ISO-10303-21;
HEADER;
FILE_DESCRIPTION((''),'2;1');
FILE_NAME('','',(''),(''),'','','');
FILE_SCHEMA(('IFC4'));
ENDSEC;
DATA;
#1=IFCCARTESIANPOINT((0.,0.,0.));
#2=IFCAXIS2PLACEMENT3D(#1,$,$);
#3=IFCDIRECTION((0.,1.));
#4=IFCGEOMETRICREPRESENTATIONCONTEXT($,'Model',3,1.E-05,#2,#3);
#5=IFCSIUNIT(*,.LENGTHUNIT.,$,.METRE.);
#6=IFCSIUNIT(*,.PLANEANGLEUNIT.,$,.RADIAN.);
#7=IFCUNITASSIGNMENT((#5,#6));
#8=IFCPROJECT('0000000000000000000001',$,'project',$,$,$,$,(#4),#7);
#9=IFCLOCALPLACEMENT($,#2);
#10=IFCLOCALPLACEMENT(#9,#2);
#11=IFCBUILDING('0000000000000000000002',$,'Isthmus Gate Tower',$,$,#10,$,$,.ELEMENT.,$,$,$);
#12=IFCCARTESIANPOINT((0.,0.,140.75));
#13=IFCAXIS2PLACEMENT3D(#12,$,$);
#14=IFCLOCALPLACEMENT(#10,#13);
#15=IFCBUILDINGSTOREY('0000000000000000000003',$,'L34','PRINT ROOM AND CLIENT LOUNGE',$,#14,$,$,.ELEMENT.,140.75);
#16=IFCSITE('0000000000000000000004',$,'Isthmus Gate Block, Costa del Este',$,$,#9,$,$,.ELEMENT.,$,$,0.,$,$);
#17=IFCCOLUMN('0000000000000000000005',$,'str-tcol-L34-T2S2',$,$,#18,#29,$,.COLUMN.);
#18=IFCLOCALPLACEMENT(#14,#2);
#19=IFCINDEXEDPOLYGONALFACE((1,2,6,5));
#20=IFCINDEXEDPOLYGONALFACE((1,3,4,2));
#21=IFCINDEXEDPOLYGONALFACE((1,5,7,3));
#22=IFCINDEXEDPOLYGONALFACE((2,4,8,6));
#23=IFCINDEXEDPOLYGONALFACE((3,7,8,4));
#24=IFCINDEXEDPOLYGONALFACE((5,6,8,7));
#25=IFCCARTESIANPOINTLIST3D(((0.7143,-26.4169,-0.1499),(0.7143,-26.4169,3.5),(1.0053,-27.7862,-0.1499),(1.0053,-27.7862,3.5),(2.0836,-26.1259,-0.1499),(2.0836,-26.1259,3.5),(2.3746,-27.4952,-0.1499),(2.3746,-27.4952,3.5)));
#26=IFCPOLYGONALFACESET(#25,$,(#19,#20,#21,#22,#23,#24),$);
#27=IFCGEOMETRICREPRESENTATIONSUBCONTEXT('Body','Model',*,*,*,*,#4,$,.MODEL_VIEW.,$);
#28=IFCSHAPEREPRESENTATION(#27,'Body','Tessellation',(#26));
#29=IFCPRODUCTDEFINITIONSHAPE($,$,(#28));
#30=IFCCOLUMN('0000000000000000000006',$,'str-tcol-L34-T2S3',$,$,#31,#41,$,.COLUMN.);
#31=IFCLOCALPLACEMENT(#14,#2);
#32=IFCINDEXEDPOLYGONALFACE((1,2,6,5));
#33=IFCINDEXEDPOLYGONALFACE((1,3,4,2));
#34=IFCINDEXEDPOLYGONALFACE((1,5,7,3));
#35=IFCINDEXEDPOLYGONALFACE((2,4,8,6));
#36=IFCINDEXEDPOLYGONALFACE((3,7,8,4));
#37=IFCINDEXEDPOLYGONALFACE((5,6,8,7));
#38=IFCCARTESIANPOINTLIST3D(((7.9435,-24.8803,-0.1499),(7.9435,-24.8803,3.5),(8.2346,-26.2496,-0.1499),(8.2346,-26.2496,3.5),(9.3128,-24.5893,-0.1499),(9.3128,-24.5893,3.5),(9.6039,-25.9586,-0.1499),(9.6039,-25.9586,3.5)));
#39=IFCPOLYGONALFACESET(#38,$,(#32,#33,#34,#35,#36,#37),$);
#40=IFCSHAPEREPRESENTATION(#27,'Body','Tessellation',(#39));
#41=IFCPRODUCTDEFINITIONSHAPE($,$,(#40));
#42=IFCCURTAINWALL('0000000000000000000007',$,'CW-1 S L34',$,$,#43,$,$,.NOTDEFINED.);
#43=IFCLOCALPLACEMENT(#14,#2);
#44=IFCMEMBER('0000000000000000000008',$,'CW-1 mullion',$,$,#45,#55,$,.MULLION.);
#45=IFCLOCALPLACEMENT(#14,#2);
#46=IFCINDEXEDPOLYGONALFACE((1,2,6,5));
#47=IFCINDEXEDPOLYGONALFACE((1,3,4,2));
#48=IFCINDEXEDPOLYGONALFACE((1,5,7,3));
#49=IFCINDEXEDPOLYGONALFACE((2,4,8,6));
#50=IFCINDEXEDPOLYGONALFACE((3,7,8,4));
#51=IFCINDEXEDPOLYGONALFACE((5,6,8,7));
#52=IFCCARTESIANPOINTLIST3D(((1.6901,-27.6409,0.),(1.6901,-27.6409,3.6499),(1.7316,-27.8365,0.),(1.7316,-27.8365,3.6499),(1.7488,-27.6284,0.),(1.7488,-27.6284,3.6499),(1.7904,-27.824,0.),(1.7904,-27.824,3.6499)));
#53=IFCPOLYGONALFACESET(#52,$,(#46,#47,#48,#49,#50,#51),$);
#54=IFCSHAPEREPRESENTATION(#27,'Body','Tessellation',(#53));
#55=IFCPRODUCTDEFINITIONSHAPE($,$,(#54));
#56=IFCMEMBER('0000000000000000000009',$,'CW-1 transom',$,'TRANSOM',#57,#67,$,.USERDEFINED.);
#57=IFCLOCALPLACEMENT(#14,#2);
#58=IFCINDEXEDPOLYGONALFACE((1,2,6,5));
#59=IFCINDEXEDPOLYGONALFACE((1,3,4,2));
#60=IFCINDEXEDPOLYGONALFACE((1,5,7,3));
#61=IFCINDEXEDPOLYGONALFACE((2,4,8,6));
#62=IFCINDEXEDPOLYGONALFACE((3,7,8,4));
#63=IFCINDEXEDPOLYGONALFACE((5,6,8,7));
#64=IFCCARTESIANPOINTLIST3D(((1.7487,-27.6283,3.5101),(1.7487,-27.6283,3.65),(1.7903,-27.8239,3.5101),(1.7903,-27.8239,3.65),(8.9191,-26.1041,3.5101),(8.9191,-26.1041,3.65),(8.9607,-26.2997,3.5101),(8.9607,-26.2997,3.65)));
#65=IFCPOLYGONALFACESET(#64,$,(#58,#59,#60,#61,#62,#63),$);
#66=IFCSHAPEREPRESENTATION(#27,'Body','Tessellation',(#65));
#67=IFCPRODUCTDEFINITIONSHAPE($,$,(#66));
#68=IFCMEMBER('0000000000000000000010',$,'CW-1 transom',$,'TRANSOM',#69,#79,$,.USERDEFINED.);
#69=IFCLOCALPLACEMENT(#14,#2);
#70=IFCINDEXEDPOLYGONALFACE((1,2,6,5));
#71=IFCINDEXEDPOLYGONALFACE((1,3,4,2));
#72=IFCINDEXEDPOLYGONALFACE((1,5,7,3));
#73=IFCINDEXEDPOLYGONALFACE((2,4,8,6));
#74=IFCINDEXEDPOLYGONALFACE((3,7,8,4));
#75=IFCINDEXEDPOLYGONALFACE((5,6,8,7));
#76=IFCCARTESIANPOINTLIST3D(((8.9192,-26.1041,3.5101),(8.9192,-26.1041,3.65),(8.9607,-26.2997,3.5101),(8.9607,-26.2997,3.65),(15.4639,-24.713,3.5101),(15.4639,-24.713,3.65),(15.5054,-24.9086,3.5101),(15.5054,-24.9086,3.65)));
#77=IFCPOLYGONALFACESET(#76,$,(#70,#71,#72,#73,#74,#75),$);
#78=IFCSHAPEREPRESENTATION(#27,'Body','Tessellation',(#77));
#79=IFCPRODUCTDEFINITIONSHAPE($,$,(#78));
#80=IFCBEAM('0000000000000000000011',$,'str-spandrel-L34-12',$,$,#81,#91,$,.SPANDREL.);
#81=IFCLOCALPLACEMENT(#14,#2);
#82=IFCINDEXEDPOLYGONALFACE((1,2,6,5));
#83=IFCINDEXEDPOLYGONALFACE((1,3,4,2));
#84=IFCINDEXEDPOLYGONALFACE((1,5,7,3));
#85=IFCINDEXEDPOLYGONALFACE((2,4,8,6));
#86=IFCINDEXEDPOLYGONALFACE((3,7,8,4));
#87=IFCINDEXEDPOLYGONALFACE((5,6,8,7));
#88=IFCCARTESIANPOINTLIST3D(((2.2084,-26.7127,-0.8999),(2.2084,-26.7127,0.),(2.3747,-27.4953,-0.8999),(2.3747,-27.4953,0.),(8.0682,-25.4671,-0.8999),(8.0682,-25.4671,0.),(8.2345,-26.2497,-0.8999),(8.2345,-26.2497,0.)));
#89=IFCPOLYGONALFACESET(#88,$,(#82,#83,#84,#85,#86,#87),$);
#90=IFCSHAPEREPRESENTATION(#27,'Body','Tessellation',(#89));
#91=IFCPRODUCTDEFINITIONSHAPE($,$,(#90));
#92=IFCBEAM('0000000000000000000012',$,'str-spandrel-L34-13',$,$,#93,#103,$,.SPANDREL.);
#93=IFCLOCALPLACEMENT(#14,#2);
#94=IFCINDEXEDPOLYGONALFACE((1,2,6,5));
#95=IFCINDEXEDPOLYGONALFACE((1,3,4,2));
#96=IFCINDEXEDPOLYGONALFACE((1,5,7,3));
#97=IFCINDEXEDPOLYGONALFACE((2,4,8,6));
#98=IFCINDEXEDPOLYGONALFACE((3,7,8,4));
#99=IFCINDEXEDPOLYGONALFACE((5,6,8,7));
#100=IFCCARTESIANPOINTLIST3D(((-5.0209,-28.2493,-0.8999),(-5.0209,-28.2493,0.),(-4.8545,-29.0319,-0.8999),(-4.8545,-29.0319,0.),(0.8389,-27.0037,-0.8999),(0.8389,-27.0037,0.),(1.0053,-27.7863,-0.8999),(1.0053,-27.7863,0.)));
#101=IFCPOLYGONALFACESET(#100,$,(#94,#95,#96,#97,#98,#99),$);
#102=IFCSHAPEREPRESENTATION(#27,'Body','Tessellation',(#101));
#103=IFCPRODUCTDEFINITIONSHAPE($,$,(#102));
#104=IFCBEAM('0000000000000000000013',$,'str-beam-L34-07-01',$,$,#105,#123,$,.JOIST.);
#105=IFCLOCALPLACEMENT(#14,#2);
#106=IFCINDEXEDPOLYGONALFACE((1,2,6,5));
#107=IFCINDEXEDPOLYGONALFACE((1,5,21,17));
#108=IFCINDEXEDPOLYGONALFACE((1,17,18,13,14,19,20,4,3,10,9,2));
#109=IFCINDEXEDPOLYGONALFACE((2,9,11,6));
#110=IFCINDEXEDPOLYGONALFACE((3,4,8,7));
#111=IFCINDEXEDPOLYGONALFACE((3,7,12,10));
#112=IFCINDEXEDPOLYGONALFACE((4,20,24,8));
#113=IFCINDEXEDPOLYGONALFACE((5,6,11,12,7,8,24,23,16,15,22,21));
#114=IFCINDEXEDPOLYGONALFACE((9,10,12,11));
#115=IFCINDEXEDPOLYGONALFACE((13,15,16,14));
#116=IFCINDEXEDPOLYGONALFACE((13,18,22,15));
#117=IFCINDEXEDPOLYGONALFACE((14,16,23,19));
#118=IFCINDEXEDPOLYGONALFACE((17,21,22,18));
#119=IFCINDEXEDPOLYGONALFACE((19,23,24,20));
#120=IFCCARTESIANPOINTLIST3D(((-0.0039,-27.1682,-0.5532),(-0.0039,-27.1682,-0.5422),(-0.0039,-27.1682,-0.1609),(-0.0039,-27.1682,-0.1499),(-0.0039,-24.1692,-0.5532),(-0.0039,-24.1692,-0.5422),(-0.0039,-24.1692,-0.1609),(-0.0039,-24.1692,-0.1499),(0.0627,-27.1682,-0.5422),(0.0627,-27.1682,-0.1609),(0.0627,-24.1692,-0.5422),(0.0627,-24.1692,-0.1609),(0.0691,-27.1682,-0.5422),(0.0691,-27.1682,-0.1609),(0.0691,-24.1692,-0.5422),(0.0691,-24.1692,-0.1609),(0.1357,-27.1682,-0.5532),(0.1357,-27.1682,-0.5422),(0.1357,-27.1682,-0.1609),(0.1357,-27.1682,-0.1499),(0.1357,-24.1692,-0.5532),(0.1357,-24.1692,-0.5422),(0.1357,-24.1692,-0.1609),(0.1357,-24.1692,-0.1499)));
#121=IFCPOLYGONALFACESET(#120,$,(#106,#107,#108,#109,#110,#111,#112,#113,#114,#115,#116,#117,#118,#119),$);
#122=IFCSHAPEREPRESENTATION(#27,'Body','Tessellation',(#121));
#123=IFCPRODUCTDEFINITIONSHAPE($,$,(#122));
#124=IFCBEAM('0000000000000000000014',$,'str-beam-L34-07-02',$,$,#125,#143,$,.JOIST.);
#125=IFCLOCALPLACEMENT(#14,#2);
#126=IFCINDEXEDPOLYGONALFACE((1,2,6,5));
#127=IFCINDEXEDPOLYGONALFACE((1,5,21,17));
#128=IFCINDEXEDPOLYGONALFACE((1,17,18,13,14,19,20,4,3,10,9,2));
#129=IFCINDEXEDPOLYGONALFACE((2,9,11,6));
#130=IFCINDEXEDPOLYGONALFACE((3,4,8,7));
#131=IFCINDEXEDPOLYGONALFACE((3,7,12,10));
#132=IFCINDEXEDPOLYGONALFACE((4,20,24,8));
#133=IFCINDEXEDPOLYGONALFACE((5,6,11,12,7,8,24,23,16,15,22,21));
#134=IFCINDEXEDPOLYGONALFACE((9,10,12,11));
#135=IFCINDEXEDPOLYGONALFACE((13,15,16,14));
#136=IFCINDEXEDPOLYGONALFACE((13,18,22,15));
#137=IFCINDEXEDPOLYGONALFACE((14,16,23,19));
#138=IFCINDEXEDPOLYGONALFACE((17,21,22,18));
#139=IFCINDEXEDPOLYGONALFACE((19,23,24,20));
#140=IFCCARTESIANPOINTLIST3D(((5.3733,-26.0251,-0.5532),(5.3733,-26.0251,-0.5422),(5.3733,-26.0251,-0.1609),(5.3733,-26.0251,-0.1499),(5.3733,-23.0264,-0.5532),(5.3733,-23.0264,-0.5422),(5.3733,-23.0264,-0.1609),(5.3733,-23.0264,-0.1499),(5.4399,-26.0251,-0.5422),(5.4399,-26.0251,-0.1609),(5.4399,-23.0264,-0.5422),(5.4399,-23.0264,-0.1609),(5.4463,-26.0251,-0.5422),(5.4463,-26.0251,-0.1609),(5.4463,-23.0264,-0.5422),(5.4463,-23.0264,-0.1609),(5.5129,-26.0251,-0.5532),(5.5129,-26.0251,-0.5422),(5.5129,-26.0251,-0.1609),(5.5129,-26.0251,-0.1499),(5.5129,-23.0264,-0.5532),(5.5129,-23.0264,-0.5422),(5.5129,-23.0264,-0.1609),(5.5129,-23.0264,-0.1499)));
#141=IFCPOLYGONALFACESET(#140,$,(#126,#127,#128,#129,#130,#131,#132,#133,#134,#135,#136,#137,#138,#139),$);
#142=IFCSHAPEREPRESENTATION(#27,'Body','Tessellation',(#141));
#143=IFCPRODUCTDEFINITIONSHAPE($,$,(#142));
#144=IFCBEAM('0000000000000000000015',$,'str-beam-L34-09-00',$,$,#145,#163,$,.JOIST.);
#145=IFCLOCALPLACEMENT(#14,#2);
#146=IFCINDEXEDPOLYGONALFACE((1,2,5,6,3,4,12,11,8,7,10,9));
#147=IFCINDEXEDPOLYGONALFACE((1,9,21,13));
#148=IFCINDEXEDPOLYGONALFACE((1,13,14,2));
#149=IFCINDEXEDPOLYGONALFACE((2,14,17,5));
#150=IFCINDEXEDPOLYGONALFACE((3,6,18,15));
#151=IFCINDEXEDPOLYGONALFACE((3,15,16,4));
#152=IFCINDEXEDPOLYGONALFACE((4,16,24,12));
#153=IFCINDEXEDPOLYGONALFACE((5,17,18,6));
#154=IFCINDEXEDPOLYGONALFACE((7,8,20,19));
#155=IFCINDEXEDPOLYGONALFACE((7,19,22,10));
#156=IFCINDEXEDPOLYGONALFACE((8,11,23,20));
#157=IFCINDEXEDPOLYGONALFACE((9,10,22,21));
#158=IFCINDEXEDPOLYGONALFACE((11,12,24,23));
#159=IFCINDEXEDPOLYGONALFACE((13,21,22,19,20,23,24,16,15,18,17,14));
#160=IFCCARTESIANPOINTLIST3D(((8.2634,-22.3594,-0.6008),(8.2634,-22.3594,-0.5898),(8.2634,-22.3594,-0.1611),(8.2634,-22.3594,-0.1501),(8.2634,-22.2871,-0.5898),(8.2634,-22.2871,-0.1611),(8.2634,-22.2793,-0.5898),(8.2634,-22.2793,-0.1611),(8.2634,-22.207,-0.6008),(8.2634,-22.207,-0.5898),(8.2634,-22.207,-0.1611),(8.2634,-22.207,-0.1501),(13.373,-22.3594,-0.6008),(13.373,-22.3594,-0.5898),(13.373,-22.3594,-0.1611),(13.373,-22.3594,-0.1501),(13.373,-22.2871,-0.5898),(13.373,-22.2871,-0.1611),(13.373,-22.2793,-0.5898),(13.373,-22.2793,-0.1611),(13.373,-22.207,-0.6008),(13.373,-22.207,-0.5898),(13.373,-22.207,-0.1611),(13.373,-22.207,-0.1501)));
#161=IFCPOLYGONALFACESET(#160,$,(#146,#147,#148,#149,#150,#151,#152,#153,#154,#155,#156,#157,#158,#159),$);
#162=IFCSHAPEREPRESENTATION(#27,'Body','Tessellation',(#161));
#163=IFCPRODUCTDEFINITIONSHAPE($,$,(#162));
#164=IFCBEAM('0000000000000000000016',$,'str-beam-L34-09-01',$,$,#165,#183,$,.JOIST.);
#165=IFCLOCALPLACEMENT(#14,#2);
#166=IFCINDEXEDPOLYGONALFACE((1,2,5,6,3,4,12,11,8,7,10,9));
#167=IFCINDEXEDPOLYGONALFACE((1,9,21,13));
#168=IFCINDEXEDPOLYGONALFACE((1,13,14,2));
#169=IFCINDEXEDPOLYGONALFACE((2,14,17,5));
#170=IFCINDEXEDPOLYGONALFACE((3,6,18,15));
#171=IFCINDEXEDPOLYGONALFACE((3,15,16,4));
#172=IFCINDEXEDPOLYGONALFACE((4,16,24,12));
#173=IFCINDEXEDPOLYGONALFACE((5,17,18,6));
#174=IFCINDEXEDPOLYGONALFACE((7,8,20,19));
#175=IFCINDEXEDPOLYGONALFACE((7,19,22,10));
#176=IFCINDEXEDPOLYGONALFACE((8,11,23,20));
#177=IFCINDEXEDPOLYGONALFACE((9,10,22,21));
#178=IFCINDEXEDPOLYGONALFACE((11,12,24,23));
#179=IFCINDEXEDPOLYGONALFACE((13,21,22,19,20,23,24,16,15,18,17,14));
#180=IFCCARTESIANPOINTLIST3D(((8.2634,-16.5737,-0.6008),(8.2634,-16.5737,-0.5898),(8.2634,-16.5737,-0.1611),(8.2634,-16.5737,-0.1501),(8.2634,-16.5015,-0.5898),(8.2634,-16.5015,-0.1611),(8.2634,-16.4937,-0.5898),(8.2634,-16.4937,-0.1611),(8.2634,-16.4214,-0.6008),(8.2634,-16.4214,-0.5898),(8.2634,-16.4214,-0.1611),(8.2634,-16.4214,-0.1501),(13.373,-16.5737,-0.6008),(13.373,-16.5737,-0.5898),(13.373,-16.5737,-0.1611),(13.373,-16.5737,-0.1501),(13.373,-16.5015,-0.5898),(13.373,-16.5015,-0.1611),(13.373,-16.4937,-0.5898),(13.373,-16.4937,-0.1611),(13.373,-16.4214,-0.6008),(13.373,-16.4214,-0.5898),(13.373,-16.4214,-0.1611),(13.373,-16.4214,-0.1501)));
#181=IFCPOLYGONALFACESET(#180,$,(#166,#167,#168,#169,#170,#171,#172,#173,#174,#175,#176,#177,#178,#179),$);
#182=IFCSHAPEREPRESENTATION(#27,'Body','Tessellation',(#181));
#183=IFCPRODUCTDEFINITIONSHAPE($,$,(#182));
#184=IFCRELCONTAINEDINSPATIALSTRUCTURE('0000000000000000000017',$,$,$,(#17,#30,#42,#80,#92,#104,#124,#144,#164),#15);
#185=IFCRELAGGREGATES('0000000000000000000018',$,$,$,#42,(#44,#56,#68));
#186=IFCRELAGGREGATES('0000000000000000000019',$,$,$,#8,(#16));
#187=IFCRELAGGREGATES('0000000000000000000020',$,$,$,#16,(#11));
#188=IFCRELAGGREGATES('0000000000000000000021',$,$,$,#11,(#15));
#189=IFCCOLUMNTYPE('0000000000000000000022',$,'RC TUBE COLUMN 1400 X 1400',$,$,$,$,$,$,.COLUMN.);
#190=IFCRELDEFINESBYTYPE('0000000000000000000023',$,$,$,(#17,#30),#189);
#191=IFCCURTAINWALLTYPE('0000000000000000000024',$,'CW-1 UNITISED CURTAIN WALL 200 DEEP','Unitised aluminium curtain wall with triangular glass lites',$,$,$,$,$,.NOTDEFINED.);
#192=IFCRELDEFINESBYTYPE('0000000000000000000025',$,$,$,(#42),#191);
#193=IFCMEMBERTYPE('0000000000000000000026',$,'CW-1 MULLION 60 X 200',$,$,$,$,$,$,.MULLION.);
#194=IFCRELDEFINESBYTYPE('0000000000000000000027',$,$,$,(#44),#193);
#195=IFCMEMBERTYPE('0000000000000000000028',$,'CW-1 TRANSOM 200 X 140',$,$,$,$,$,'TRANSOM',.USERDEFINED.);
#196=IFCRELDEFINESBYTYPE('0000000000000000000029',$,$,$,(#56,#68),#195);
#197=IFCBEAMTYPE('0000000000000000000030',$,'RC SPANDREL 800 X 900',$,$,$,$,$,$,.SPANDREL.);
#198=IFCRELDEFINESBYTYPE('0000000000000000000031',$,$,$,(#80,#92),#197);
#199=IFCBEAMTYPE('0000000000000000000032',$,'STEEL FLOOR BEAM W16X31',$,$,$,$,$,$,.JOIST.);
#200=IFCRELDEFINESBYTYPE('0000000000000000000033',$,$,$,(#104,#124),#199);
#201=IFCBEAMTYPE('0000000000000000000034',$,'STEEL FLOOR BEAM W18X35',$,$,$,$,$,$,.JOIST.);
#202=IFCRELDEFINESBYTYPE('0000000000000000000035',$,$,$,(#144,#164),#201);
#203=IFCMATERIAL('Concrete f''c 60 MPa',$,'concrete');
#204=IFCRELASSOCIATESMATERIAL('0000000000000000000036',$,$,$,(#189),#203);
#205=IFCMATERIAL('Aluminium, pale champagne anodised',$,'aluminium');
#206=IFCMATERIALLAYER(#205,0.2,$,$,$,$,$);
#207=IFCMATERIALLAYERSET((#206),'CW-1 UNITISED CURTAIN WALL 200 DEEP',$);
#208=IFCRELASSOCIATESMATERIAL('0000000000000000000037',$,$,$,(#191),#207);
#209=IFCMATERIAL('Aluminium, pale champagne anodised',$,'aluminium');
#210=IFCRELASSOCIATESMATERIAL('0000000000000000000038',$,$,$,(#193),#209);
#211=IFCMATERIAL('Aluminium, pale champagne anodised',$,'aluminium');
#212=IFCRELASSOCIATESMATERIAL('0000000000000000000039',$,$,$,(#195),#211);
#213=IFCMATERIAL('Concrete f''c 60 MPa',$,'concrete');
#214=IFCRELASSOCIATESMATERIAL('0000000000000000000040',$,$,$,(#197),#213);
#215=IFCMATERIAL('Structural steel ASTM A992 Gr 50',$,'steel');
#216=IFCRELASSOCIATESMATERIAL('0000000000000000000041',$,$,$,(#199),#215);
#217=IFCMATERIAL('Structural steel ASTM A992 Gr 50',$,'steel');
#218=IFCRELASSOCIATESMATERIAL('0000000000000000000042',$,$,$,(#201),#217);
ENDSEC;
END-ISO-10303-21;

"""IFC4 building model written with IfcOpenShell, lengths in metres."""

from ifc_helpers import new_model, si_unit, direction, frame, origin, origin_2d, place, context, subcontext, project, spatial, rectangle, i_section, extrude, material, layer, layer_set, material_profile, profile_set, type_object, element, aggregate, save


model = new_model("IFC4")

# Units and contexts
model_context = context("Model", 3, precision=1e-05, world=origin(), true_north=direction((0.0, 1.0)))
body_context = subcontext(model_context, "Body", "Model", "MODEL_VIEW")
ifc_project = project(units=[si_unit("LENGTHUNIT", "METRE"), si_unit("PLANEANGLEUNIT", "RADIAN")], contexts=[model_context])

# Site, building, storey
site_placement = place(None, origin())
site = spatial("IfcSite", under=ifc_project, at=site_placement, Name="Isthmus Gate Block, Costa del Este", CompositionType="ELEMENT", RefElevation=0.0)
building_placement = place(site_placement, origin())
building = spatial("IfcBuilding", under=site, at=building_placement, Name="Isthmus Gate Tower", CompositionType="ELEMENT")
storey_placement = place(building_placement, frame((0.0, 0.0, 140.75)))
storey = spatial("IfcBuildingStorey", under=building, at=storey_placement, Name="L34", Description="PRINT ROOM AND CLIENT LOUNGE", CompositionType="ELEMENT", Elevation=140.75)

# Columns
ifc_material_1 = material(Name="Concrete f'c 60 MPa", Category="concrete")
ifc_material_profile_1 = material_profile(ifc_material_1, rectangle(XDim=1.3999, YDim=1.3999, at=origin_2d()), Name="RC 1400X1400")
ifc_profile_set_1 = profile_set([ifc_material_profile_1], Name="Concrete f'c 60 MPa")
column_type = type_object("IfcColumnType", Name="RC TUBE COLUMN 1400 X 1400", PredefinedType="COLUMN", material=ifc_profile_set_1)
for number, where, z_axis, x_axis, name in (
    (1, (1.5444, -26.9561, -0.1499), (0.0, 0.0, 1.0), (0.978148, 0.207912, 0.0), "str-tcol-L34-T2S2"),
    (2, (8.7737, -25.4194, -0.1499), (0.0, 0.0, 1.0), (0.978148, 0.207912, 0.0), "str-tcol-L34-T2S3"),
):
    element("IfcColumn", number, at=place(storey_placement, frame(where, z_axis=z_axis, x_axis=x_axis)), inside=storey, type_object=column_type, Name=name, PredefinedType="COLUMN", context=body_context, shape_type="SweptSolid", body=[
        extrude(rectangle(XDim=1.3999, YDim=1.3999, at=origin_2d()), origin(), (0.0, 0.0, 1.0), 3.6499),
    ])

# Curtain wall, members
ifc_material_2 = material(Name="Aluminium, pale champagne anodised", Category="aluminium")
ifc_layer_1 = layer(ifc_material_2, 0.2)
ifc_layer_set_1 = layer_set([ifc_layer_1], Name="CW-1 UNITISED CURTAIN WALL 200 DEEP")
curtain_wall_type = type_object("IfcCurtainWallType", Name="CW-1 UNITISED CURTAIN WALL 200 DEEP", Description="Unitised aluminium curtain wall with triangular glass lites", PredefinedType="NOTDEFINED", material=ifc_layer_set_1)
curtain_wall_placement = place(storey_placement, origin())
curtain_wall = element("IfcCurtainWall", 3, at=curtain_wall_placement, inside=storey, type_object=curtain_wall_type, Name="CW-1 S L34", PredefinedType="NOTDEFINED")
ifc_material_3 = material(Name="Aluminium, pale champagne anodised", Category="aluminium")
ifc_material_profile_2 = material_profile(ifc_material_3, rectangle(XDim=0.0601, YDim=0.2, at=origin_2d()), Name="60x200")
ifc_profile_set_2 = profile_set([ifc_material_profile_2], Name="Aluminium, pale champagne anodised")
member_type_1 = type_object("IfcMemberType", Name="CW-1 MULLION 60 X 200", PredefinedType="MULLION", material=ifc_profile_set_2)
member_1_placement = place(storey_placement, frame((1.7402, -27.7324, 0.0), z_axis=(0.0, 0.0, 1.0), x_axis=(0.978148, 0.207912, 0.0)))
member_1 = element("IfcMember", 4, at=member_1_placement, type_object=member_type_1, Name="CW-1 mullion", PredefinedType="MULLION", context=body_context, shape_type="SweptSolid", body=[
    extrude(rectangle(XDim=0.0601, YDim=0.2, at=origin_2d()), origin(), (0.0, 0.0, 1.0), 3.6499),
])
ifc_material_4 = material(Name="Aluminium, pale champagne anodised", Category="aluminium")
ifc_material_profile_3 = material_profile(ifc_material_4, rectangle(XDim=0.2, YDim=0.1399, at=origin_2d()), Name="200x140")
ifc_profile_set_3 = profile_set([ifc_material_profile_3], Name="Aluminium, pale champagne anodised")
member_type_2 = type_object("IfcMemberType", Name="CW-1 TRANSOM 200 X 140", ElementType="TRANSOM", PredefinedType="USERDEFINED", material=ifc_profile_set_3)
member_2_placement = place(storey_placement, frame((1.7695, -27.7261, 3.5801), z_axis=(0.978146, 0.207919, 0.0), x_axis=(-0.207919, 0.978146, 0.0)))
member_2 = element("IfcMember", 5, at=member_2_placement, type_object=member_type_2, Name="CW-1 transom", ObjectType="TRANSOM", PredefinedType="USERDEFINED", context=body_context, shape_type="SweptSolid", body=[
    extrude(rectangle(XDim=0.2, YDim=0.1399, at=origin_2d()), origin(), (0.0, 0.0, 1.0), 7.3306),
])
member_3_placement = place(storey_placement, frame((8.9399, -26.2019, 3.5801), z_axis=(0.978148, 0.207912, 0.0), x_axis=(-0.207912, 0.978148, 0.0)))
member_3 = element("IfcMember", 6, at=member_3_placement, type_object=member_type_2, Name="CW-1 transom", ObjectType="TRANSOM", PredefinedType="USERDEFINED", context=body_context, shape_type="SweptSolid", body=[
    extrude(rectangle(XDim=0.2, YDim=0.1399, at=origin_2d()), origin(), (0.0, 0.0, 1.0), 6.6909),
])

# Beams
ifc_material_5 = material(Name="Concrete f'c 60 MPa", Category="concrete")
ifc_material_profile_4 = material_profile(ifc_material_5, rectangle(XDim=0.8, YDim=0.8999, at=origin_2d()), Name="RC 800X900")
ifc_profile_set_4 = profile_set([ifc_material_profile_4], Name="Concrete f'c 60 MPa")
beam_type_1 = type_object("IfcBeamType", Name="RC SPANDREL 800 X 900", PredefinedType="SPANDREL", material=ifc_profile_set_4)
for number, where, z_axis, x_axis, name in (
    (7, (8.1514, -25.8584, -0.45), (-0.978146, -0.20792, 0.0), (0.20792, -0.978146, 0.0), "str-spandrel-L34-12"),
    (8, (0.9221, -27.395, -0.45), (-0.978146, -0.20792, 0.0), (0.20792, -0.978146, 0.0), "str-spandrel-L34-13"),
):
    element("IfcBeam", number, at=place(storey_placement, frame(where, z_axis=z_axis, x_axis=x_axis)), inside=storey, type_object=beam_type_1, Name=name, PredefinedType="SPANDREL", context=body_context, shape_type="SweptSolid", body=[
        extrude(rectangle(XDim=0.8, YDim=0.8999, at=origin_2d()), origin(), (0.0, 0.0, 1.0), 5.9907),
    ])
ifc_material_6 = material(Name="Structural steel ASTM A992 Gr 50", Category="steel")
ifc_material_profile_5 = material_profile(ifc_material_6, i_section(OverallWidth=0.1396, OverallDepth=0.4033, WebThickness=0.0063, FlangeThickness=0.011, at=origin_2d()), Name="W16X31")
ifc_profile_set_5 = profile_set([ifc_material_profile_5], Name="Structural steel ASTM A992 Gr 50")
beam_type_2 = type_object("IfcBeamType", Name="STEEL FLOOR BEAM W16X31", PredefinedType="JOIST", material=ifc_profile_set_5)
beam_1_placement = place(storey_placement, frame((0.0659, -27.1682, -0.3516), z_axis=(0.0, 1.0, 0.0), x_axis=(-1.0, 0.0, 0.0)))
element("IfcBeam", 9, at=beam_1_placement, inside=storey, type_object=beam_type_2, Name="str-beam-L34-07-01", PredefinedType="JOIST", context=body_context, shape_type="SweptSolid", body=[
    extrude(i_section(OverallWidth=0.1396, OverallDepth=0.4033, WebThickness=0.0063, FlangeThickness=0.011, at=origin_2d()), origin(), (0.0, 0.0, 1.0), 2.999),
])
beam_2_placement = place(storey_placement, frame((5.4431, -26.0251, -0.3516), z_axis=(0.0, 1.0, 0.0), x_axis=(-1.0, 0.0, 0.0)))
element("IfcBeam", 10, at=beam_2_placement, inside=storey, type_object=beam_type_2, Name="str-beam-L34-07-02", PredefinedType="JOIST", context=body_context, shape_type="SweptSolid", body=[
    extrude(i_section(OverallWidth=0.1396, OverallDepth=0.4033, WebThickness=0.0063, FlangeThickness=0.011, at=origin_2d()), origin(), (0.0, 0.0, 1.0), 2.9988),
])
ifc_material_7 = material(Name="Structural steel ASTM A992 Gr 50", Category="steel")
ifc_material_profile_6 = material_profile(ifc_material_7, i_section(OverallWidth=0.1523, OverallDepth=0.4507, WebThickness=0.0078, FlangeThickness=0.011, at=origin_2d()), Name="W18X35")
ifc_profile_set_6 = profile_set([ifc_material_profile_6], Name="Structural steel ASTM A992 Gr 50")
beam_type_3 = type_object("IfcBeamType", Name="STEEL FLOOR BEAM W18X35", PredefinedType="JOIST", material=ifc_profile_set_6)
for number, where, z_axis, x_axis, name in (
    (11, (8.2634, -22.2832, -0.3755), (1.0, 0.0, 0.0), (0.0, 1.0, 0.0), "str-beam-L34-09-00"),
    (12, (8.2634, -16.4976, -0.3755), (1.0, 0.0, 0.0), (0.0, 1.0, 0.0), "str-beam-L34-09-01"),
):
    element("IfcBeam", number, at=place(storey_placement, frame(where, z_axis=z_axis, x_axis=x_axis)), inside=storey, type_object=beam_type_3, Name=name, PredefinedType="JOIST", context=body_context, shape_type="SweptSolid", body=[
        extrude(i_section(OverallWidth=0.1523, OverallDepth=0.4507, WebThickness=0.0078, FlangeThickness=0.011, at=origin_2d()), origin(), (0.0, 0.0, 1.0), 5.1096),
    ])

aggregate(curtain_wall, [member_1, member_2, member_3])

save(model, "model.ifc")
